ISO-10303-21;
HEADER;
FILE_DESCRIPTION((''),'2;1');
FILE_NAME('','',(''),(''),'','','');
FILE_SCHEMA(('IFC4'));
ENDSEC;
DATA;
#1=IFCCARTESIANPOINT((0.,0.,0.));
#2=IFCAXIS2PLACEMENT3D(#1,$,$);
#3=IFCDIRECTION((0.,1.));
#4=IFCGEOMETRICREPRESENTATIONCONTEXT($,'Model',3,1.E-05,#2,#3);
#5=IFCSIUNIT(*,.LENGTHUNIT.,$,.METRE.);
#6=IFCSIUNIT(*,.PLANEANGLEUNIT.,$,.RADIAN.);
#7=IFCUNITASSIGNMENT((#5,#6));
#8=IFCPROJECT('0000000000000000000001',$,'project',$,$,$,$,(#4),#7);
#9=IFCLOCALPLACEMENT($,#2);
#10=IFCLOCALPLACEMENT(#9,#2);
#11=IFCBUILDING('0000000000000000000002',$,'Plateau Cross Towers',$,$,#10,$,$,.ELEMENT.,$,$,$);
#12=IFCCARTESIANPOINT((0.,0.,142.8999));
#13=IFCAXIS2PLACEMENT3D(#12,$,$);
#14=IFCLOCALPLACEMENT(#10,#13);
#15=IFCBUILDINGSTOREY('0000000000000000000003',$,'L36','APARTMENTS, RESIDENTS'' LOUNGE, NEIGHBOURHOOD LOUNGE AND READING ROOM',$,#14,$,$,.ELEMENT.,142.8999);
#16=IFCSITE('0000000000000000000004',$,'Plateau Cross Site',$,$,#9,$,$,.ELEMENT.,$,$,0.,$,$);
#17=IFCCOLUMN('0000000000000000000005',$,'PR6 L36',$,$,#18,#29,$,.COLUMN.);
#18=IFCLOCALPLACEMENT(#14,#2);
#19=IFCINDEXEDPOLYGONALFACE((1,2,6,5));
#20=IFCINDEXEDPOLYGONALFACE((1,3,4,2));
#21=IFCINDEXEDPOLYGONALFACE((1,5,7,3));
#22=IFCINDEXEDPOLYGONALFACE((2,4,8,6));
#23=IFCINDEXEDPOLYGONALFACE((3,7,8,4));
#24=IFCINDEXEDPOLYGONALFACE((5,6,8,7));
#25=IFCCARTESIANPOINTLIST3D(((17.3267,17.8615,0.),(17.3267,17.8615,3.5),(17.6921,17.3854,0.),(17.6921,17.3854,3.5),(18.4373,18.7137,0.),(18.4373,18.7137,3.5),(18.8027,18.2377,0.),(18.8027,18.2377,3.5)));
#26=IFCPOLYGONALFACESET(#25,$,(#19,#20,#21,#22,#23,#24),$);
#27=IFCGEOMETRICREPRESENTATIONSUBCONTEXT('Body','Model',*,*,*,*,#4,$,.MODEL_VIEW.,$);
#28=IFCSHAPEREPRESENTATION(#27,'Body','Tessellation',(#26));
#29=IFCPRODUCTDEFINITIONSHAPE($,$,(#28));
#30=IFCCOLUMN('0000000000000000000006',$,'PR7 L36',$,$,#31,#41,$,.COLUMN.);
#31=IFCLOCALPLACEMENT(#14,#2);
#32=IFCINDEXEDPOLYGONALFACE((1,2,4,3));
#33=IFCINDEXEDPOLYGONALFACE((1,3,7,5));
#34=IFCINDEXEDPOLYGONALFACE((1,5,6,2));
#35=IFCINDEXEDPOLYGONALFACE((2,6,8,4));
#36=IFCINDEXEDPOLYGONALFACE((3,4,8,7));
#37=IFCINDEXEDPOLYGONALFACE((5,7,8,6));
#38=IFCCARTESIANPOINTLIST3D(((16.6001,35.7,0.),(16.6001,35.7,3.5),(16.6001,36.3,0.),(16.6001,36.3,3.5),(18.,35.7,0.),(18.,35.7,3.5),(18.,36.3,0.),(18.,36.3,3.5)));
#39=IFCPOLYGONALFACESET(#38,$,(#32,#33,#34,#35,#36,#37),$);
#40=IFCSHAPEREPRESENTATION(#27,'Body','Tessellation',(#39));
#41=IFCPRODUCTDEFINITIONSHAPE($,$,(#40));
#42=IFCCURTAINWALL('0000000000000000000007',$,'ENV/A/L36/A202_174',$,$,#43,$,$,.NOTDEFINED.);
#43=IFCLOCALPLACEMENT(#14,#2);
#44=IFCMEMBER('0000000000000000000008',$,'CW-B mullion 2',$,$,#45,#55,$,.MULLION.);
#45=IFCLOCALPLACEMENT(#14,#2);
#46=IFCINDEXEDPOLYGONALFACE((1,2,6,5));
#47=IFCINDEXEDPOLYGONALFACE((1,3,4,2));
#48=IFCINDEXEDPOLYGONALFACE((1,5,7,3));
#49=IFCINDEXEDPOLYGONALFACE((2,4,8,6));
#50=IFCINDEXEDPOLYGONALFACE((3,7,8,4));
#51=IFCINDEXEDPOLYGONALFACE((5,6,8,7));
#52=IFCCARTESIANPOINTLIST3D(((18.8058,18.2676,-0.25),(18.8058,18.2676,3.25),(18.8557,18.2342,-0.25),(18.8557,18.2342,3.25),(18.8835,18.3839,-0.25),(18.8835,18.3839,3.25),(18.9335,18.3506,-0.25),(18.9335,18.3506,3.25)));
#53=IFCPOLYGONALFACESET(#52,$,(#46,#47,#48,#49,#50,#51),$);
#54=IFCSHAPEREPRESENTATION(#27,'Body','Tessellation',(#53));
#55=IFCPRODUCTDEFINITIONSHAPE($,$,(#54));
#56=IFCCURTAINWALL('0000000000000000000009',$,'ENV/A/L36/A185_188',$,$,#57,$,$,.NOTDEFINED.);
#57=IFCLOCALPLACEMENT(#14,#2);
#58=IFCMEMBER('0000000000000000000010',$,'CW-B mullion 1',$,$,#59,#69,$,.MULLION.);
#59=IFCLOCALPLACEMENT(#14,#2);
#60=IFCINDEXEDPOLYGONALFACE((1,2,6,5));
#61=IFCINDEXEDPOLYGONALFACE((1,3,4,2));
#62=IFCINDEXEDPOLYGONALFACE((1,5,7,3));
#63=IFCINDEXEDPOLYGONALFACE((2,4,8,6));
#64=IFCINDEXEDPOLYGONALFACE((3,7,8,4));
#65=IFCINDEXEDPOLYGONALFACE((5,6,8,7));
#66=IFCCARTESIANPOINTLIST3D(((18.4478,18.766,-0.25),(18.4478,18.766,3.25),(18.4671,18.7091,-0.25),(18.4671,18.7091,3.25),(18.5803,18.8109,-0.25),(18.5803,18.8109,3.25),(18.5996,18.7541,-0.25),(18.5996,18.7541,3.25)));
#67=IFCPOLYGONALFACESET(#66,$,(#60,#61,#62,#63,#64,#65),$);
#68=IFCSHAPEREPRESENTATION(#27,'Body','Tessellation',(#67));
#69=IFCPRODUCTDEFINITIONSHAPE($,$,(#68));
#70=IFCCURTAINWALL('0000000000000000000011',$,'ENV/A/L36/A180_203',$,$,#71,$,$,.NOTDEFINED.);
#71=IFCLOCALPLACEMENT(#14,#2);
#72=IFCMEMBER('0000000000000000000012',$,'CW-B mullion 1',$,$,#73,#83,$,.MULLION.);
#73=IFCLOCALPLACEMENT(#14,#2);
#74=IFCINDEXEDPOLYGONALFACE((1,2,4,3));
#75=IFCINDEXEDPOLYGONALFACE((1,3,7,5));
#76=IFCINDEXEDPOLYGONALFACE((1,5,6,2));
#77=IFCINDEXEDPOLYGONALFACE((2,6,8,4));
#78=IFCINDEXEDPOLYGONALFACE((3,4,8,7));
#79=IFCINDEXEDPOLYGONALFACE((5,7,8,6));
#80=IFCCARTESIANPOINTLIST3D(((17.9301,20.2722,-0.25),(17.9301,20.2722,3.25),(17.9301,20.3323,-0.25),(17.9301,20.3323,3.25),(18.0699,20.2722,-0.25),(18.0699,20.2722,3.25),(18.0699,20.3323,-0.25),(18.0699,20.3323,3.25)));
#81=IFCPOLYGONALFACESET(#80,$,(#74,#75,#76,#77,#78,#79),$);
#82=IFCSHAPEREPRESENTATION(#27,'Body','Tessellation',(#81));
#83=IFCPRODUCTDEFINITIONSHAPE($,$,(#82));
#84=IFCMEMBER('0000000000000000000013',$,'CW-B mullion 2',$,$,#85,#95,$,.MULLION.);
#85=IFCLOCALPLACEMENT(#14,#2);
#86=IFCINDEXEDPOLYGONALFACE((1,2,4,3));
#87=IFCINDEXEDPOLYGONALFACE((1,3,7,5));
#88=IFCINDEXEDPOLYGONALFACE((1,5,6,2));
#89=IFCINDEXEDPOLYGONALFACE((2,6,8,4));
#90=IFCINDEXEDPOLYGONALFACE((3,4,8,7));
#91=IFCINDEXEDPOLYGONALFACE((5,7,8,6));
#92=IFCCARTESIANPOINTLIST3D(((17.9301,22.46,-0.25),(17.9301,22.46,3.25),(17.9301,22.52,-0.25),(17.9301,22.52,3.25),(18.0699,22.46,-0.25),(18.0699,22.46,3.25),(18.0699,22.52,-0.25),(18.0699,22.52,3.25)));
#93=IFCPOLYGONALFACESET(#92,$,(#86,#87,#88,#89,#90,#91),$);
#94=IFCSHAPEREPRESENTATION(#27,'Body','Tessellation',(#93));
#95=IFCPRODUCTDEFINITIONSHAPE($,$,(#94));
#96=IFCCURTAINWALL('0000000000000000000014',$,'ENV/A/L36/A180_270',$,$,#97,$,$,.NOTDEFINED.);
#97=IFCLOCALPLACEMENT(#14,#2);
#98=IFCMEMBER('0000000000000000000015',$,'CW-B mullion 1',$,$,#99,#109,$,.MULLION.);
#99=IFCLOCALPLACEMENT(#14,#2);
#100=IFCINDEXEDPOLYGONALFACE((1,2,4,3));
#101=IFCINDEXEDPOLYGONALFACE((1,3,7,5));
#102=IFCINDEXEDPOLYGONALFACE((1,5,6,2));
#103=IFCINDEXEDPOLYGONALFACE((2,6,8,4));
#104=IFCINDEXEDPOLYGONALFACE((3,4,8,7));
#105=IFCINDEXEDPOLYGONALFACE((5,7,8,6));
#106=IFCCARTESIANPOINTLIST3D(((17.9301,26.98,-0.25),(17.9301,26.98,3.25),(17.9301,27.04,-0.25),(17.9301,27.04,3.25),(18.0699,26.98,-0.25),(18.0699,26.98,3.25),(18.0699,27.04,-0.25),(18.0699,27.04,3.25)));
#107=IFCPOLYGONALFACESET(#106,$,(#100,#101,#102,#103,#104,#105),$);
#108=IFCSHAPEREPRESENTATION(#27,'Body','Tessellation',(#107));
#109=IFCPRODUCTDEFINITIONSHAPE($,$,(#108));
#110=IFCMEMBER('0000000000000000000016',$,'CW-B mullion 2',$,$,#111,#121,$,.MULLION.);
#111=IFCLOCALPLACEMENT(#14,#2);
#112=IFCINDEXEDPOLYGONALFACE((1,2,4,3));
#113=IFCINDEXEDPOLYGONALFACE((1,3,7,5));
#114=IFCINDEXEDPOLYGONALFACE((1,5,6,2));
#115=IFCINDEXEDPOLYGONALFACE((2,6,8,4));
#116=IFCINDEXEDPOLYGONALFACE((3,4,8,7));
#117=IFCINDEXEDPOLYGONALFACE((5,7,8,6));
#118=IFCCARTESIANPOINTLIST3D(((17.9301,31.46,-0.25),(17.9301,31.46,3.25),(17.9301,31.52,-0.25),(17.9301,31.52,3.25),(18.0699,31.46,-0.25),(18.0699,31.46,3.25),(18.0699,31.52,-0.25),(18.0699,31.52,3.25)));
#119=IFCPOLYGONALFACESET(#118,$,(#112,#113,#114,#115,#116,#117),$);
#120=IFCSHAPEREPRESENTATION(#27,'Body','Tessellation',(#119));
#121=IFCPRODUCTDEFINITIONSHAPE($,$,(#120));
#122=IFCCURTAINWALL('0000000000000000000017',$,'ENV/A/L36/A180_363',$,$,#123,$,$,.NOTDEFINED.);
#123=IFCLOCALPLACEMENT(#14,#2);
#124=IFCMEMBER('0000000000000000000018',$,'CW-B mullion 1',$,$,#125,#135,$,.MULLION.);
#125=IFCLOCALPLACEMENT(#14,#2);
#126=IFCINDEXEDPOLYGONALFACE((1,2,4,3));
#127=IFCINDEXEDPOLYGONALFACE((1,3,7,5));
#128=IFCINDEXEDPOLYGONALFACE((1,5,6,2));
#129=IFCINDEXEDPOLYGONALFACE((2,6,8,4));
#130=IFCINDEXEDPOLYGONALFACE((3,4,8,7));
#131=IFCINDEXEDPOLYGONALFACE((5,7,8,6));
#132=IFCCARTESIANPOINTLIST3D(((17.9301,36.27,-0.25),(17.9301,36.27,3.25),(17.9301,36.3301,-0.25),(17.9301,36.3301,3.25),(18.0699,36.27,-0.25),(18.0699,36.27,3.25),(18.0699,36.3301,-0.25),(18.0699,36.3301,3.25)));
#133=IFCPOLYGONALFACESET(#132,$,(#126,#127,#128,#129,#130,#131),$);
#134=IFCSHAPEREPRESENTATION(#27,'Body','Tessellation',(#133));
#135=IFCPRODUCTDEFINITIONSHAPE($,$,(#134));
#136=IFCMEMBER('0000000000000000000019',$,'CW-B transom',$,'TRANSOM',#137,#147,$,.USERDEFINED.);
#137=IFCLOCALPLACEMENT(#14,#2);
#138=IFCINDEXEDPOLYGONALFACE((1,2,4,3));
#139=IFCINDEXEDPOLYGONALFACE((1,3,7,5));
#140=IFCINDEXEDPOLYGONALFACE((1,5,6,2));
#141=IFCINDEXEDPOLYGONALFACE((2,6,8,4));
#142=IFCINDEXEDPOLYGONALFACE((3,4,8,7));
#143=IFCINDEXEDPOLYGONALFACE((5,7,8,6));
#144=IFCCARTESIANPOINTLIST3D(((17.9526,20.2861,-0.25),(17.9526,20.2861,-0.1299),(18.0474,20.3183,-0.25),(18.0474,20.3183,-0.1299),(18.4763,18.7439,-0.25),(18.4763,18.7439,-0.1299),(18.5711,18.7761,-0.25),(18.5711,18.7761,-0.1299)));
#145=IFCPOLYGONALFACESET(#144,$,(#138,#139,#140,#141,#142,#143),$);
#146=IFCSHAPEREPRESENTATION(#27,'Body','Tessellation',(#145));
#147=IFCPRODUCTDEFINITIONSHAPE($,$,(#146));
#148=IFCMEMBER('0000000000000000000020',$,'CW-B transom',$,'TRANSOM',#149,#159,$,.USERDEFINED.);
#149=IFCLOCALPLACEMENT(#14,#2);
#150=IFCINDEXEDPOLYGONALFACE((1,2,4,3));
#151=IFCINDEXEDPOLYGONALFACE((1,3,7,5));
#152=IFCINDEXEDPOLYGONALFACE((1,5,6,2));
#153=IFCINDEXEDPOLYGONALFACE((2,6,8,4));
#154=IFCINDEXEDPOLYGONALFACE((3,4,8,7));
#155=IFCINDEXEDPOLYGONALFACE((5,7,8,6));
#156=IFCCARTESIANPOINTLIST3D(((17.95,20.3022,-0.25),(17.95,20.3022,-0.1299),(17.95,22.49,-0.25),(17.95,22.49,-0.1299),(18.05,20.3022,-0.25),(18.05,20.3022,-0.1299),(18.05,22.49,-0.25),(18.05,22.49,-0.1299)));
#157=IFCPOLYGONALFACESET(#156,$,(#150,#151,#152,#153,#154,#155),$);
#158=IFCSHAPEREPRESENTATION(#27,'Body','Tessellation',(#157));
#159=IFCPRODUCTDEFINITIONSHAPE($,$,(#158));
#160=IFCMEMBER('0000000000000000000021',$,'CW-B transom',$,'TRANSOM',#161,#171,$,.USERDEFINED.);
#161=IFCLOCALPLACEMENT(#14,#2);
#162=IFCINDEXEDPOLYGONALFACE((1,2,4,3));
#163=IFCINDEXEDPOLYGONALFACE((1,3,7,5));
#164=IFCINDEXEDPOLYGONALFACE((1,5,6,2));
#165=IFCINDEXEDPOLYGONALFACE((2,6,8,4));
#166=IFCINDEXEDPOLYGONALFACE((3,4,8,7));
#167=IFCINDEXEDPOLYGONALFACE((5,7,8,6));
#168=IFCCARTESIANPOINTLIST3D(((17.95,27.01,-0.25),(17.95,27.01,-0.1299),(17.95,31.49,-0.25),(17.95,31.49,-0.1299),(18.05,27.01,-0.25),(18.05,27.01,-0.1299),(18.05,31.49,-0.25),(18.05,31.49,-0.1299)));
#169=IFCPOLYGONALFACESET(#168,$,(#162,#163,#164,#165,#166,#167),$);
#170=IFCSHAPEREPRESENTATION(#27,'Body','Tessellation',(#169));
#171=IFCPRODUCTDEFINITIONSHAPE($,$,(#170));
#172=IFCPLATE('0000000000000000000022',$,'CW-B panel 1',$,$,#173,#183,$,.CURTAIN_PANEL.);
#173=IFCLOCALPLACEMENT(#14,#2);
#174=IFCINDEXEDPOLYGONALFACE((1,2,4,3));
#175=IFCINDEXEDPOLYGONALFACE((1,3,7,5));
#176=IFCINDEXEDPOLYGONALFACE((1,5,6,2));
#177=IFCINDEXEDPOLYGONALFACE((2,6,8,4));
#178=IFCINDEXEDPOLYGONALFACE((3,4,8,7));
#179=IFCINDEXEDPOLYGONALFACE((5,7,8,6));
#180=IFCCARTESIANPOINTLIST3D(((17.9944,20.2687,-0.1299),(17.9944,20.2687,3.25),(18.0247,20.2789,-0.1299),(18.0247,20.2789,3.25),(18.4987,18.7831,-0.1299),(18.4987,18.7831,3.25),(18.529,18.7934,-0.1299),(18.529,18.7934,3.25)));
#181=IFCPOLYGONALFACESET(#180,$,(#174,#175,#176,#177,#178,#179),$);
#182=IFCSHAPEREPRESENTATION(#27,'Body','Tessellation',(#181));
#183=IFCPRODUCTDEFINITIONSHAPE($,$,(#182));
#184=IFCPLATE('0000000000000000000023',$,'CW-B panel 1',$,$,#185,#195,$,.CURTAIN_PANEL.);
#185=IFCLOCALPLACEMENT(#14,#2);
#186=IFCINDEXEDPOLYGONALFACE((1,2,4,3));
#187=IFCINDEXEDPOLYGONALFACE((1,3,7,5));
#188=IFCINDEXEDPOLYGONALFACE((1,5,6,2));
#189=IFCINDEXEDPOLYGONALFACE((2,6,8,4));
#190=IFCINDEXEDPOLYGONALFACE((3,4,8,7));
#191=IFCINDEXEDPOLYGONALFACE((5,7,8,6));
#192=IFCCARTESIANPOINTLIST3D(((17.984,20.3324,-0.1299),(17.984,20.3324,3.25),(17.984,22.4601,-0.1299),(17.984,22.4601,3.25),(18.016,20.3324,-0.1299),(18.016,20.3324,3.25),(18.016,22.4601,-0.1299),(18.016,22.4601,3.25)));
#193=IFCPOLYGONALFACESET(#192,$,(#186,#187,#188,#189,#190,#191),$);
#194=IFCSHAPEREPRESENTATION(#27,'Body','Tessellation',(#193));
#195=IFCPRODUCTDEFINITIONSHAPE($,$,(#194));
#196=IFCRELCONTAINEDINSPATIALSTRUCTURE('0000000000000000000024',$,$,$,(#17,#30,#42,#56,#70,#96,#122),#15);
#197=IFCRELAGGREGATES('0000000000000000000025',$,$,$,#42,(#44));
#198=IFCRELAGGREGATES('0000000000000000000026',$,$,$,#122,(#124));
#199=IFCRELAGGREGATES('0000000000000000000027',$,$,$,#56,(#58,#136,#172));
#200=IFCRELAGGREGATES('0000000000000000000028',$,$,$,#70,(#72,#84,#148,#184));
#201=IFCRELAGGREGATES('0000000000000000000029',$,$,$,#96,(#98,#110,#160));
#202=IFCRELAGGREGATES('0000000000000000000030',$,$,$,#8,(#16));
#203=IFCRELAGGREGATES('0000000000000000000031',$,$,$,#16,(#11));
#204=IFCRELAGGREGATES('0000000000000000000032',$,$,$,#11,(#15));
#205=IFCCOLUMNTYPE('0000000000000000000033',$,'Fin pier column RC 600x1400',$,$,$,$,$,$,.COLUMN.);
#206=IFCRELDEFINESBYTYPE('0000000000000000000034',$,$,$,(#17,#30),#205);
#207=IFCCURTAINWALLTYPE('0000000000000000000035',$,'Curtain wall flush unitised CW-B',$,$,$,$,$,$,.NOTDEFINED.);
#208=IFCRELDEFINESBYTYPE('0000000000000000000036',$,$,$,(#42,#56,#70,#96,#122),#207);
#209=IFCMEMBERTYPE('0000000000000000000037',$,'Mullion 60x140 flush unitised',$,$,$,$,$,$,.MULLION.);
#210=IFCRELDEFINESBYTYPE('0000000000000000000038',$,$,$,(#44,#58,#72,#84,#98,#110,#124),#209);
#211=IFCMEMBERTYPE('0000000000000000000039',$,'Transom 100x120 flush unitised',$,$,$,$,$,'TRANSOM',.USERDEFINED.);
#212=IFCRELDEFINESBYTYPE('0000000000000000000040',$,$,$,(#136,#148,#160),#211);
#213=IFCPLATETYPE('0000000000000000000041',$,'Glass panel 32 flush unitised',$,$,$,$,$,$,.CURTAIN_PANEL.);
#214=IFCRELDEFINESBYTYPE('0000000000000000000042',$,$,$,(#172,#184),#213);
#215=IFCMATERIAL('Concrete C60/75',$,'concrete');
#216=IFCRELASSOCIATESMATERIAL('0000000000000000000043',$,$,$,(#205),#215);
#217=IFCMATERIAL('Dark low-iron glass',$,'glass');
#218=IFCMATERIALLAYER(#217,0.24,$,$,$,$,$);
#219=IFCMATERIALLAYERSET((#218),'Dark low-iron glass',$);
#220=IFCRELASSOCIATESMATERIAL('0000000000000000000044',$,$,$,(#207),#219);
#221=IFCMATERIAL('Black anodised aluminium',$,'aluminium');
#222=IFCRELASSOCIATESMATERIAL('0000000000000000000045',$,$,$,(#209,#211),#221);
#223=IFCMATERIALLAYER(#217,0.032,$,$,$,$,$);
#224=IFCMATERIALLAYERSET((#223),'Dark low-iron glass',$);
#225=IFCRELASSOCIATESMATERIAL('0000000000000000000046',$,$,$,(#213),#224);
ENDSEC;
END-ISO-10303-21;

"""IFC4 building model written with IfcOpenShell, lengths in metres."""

from ifc_helpers import new_model, si_unit, direction, frame, origin, origin_2d, place, context, subcontext, project, spatial, rectangle, extrude, material, layer, layer_set, material_profile, profile_set, type_object, element, aggregate, save


model = new_model("IFC4")

# Units and contexts
model_context = context("Model", 3, precision=1e-05, world=origin(), true_north=direction((0.0, 1.0)))
body_context = subcontext(model_context, "Body", "Model", "MODEL_VIEW")
ifc_project = project(units=[si_unit("LENGTHUNIT", "METRE"), si_unit("PLANEANGLEUNIT", "RADIAN")], contexts=[model_context])

# Site, building, storey
site_placement = place(None, origin())
site = spatial("IfcSite", under=ifc_project, at=site_placement, Name="Plateau Cross Site", CompositionType="ELEMENT", RefElevation=0.0)
building_placement = place(site_placement, origin())
building = spatial("IfcBuilding", under=site, at=building_placement, Name="Plateau Cross Towers", CompositionType="ELEMENT")
storey_placement = place(building_placement, frame((0.0, 0.0, 142.8999)))
storey = spatial("IfcBuildingStorey", under=building, at=storey_placement, Name="L36", Description="APARTMENTS, RESIDENTS' LOUNGE, NEIGHBOURHOOD LOUNGE AND READING ROOM", CompositionType="ELEMENT", Elevation=142.8999)

# Columns
ifc_material_1 = material(Name="Concrete C60/75", Category="concrete")
ifc_material_profile_1 = material_profile(ifc_material_1, rectangle(XDim=0.6001, YDim=1.3999, at=origin_2d()), Name="RC 600x1400")
ifc_profile_set_1 = profile_set([ifc_material_profile_1], Name="Concrete C60/75")
column_type = type_object("IfcColumnType", Name="Fin pier column RC 600x1400", PredefinedType="COLUMN", material=ifc_profile_set_1)
for number, where, z_axis, x_axis, name in (
    (1, (18.0647, 18.0496, 0.0), (0.0, 0.0, 1.0), (-0.608811, 0.793315, 0.0), "PR6 L36"),
    (2, (17.3, 36.0, 0.0), (0.0, 0.0, 1.0), (0.0, 1.0, 0.0), "PR7 L36"),
):
    element("IfcColumn", number, at=place(storey_placement, frame(where, z_axis=z_axis, x_axis=x_axis)), inside=storey, type_object=column_type, Name=name, PredefinedType="COLUMN", context=body_context, shape_type="SweptSolid", body=[
        extrude(rectangle(XDim=0.6001, YDim=1.3999, at=origin_2d()), origin(), (0.0, 0.0, 1.0), 3.5),
    ])

# Curtain walls, members
ifc_material_2 = material(Name="Dark low-iron glass", Category="glass")
ifc_layer_1 = layer(ifc_material_2, 0.24)
ifc_layer_set_1 = layer_set([ifc_layer_1], Name="Dark low-iron glass")
curtain_wall_type = type_object("IfcCurtainWallType", Name="Curtain wall flush unitised CW-B", PredefinedType="NOTDEFINED", material=ifc_layer_set_1)
curtain_wall_1_placement = place(storey_placement, origin())
curtain_wall_1 = element("IfcCurtainWall", 3, at=curtain_wall_1_placement, inside=storey, type_object=curtain_wall_type, Name="ENV/A/L36/A202_174", PredefinedType="NOTDEFINED")
ifc_material_3 = material(Name="Black anodised aluminium", Category="aluminium")
ifc_material_profile_2 = material_profile(ifc_material_3, rectangle(XDim=0.0601, YDim=0.1399, at=origin_2d()), Name="MULLION 60x140")
ifc_profile_set_2 = profile_set([ifc_material_profile_2], Name="Black anodised aluminium")
member_type_1 = type_object("IfcMemberType", Name="Mullion 60x140 flush unitised", PredefinedType="MULLION", material=ifc_profile_set_2)
member_1_placement = place(storey_placement, frame((18.8696, 18.3091, -0.25), z_axis=(0.0, 0.0, 1.0), x_axis=(-0.831521, 0.555493, 0.0)))
member_1 = element("IfcMember", 4, at=member_1_placement, type_object=member_type_1, Name="CW-B mullion 2", PredefinedType="MULLION", context=body_context, shape_type="SweptSolid", body=[
    extrude(rectangle(XDim=0.0601, YDim=0.1399, at=origin_2d()), origin(), (0.0, 0.0, 1.0), 3.5),
])
aggregate(curtain_wall_1, [member_1])
curtain_wall_2_placement = place(storey_placement, origin())
curtain_wall_2 = element("IfcCurtainWall", 5, at=curtain_wall_2_placement, inside=storey, type_object=curtain_wall_type, Name="ENV/A/L36/A185_188", PredefinedType="NOTDEFINED")
member_2_placement = place(storey_placement, frame((18.5237, 18.76, -0.25), z_axis=(0.0, 0.0, 1.0), x_axis=(-0.321469, 0.94692, 0.0)))
member_2 = element("IfcMember", 6, at=member_2_placement, type_object=member_type_1, Name="CW-B mullion 1", PredefinedType="MULLION", context=body_context, shape_type="SweptSolid", body=[
    extrude(rectangle(XDim=0.0601, YDim=0.1399, at=origin_2d()), origin(), (0.0, 0.0, 1.0), 3.5),
])

# Curtain walls, members
curtain_wall_3_placement = place(storey_placement, origin())
curtain_wall_3 = element("IfcCurtainWall", 7, at=curtain_wall_3_placement, inside=storey, type_object=curtain_wall_type, Name="ENV/A/L36/A180_203", PredefinedType="NOTDEFINED")
member_3_placement = place(storey_placement, frame((18.0, 20.3022, -0.25), z_axis=(0.0, 0.0, 1.0), x_axis=(0.0, 1.0, 0.0)))
member_3 = element("IfcMember", 8, at=member_3_placement, type_object=member_type_1, Name="CW-B mullion 1", PredefinedType="MULLION", context=body_context, shape_type="SweptSolid", body=[
    extrude(rectangle(XDim=0.0601, YDim=0.1399, at=origin_2d()), origin(), (0.0, 0.0, 1.0), 3.5),
])
member_4_placement = place(storey_placement, frame((18.0, 22.49, -0.25), z_axis=(0.0, 0.0, 1.0), x_axis=(0.0, 1.0, 0.0)))
member_4 = element("IfcMember", 9, at=member_4_placement, type_object=member_type_1, Name="CW-B mullion 2", PredefinedType="MULLION", context=body_context, shape_type="SweptSolid", body=[
    extrude(rectangle(XDim=0.0601, YDim=0.1399, at=origin_2d()), origin(), (0.0, 0.0, 1.0), 3.5),
])
curtain_wall_4_placement = place(storey_placement, origin())
curtain_wall_4 = element("IfcCurtainWall", 10, at=curtain_wall_4_placement, inside=storey, type_object=curtain_wall_type, Name="ENV/A/L36/A180_270", PredefinedType="NOTDEFINED")
member_5_placement = place(storey_placement, frame((18.0, 27.01, -0.25), z_axis=(0.0, 0.0, 1.0), x_axis=(0.0, 1.0, 0.0)))
member_5 = element("IfcMember", 11, at=member_5_placement, type_object=member_type_1, Name="CW-B mullion 1", PredefinedType="MULLION", context=body_context, shape_type="SweptSolid", body=[
    extrude(rectangle(XDim=0.0601, YDim=0.1399, at=origin_2d()), origin(), (0.0, 0.0, 1.0), 3.5),
])
member_6_placement = place(storey_placement, frame((18.0, 31.49, -0.25), z_axis=(0.0, 0.0, 1.0), x_axis=(0.0, 1.0, 0.0)))
member_6 = element("IfcMember", 12, at=member_6_placement, type_object=member_type_1, Name="CW-B mullion 2", PredefinedType="MULLION", context=body_context, shape_type="SweptSolid", body=[
    extrude(rectangle(XDim=0.0601, YDim=0.1399, at=origin_2d()), origin(), (0.0, 0.0, 1.0), 3.5),
])

# Curtain wall, member
curtain_wall_5_placement = place(storey_placement, origin())
curtain_wall_5 = element("IfcCurtainWall", 13, at=curtain_wall_5_placement, inside=storey, type_object=curtain_wall_type, Name="ENV/A/L36/A180_363", PredefinedType="NOTDEFINED")
member_7_placement = place(storey_placement, frame((18.0, 36.3, -0.25), z_axis=(0.0, 0.0, 1.0), x_axis=(0.0, 1.0, 0.0)))
member_7 = element("IfcMember", 14, at=member_7_placement, type_object=member_type_1, Name="CW-B mullion 1", PredefinedType="MULLION", context=body_context, shape_type="SweptSolid", body=[
    extrude(rectangle(XDim=0.0601, YDim=0.1399, at=origin_2d()), origin(), (0.0, 0.0, 1.0), 3.5),
])
aggregate(curtain_wall_5, [member_7])

# Members
ifc_material_profile_3 = material_profile(ifc_material_3, rectangle(XDim=0.1001, YDim=0.1201, at=origin_2d()), Name="TRANSOM 100x120")
ifc_profile_set_3 = profile_set([ifc_material_profile_3], Name="Black anodised aluminium")
member_type_2 = type_object("IfcMemberType", Name="Transom 100x120 flush unitised", ElementType="TRANSOM", PredefinedType="USERDEFINED", material=ifc_profile_set_3)
member_8_placement = place(storey_placement, frame((18.5237, 18.76, -0.1899), z_axis=(-0.321529, 0.9469, 0.0), x_axis=(-0.9469, -0.321529, 0.0)))
member_8 = element("IfcMember", 15, at=member_8_placement, type_object=member_type_2, Name="CW-B transom", ObjectType="TRANSOM", PredefinedType="USERDEFINED", context=body_context, shape_type="SweptSolid", body=[
    extrude(rectangle(XDim=0.1001, YDim=0.1201, at=origin_2d()), origin(), (0.0, 0.0, 1.0), 1.6287),
])
member_9_placement = place(storey_placement, frame((18.0, 20.3022, -0.1899), z_axis=(0.0, 1.0, 0.0), x_axis=(-1.0, 0.0, 0.0)))
member_9 = element("IfcMember", 16, at=member_9_placement, type_object=member_type_2, Name="CW-B transom", ObjectType="TRANSOM", PredefinedType="USERDEFINED", context=body_context, shape_type="SweptSolid", body=[
    extrude(rectangle(XDim=0.1001, YDim=0.1201, at=origin_2d()), origin(), (0.0, 0.0, 1.0), 2.1877),
])
member_10_placement = place(storey_placement, frame((18.0, 27.01, -0.1899), z_axis=(0.0, 1.0, 0.0), x_axis=(-1.0, 0.0, 0.0)))
member_10 = element("IfcMember", 17, at=member_10_placement, type_object=member_type_2, Name="CW-B transom", ObjectType="TRANSOM", PredefinedType="USERDEFINED", context=body_context, shape_type="SweptSolid", body=[
    extrude(rectangle(XDim=0.1001, YDim=0.1201, at=origin_2d()), origin(), (0.0, 0.0, 1.0), 4.48),
])

# Plates
ifc_layer_2 = layer(ifc_material_2, 0.032)
ifc_layer_set_2 = layer_set([ifc_layer_2], Name="Dark low-iron glass")
plate_type = type_object("IfcPlateType", Name="Glass panel 32 flush unitised", PredefinedType="CURTAIN_PANEL", material=ifc_layer_set_2)
plate_1_placement = place(storey_placement, frame((18.2617, 19.531, -0.1299), z_axis=(0.0, 0.0, 1.0), x_axis=(-0.321469, 0.94692, 0.0)))
plate_1 = element("IfcPlate", 18, at=plate_1_placement, type_object=plate_type, Name="CW-B panel 1", PredefinedType="CURTAIN_PANEL", context=body_context, shape_type="SweptSolid", body=[
    extrude(rectangle(XDim=1.5688, YDim=0.032, at=origin_2d()), origin(), (0.0, 0.0, 1.0), 3.3799),
])
aggregate(curtain_wall_2, [member_2, member_8, plate_1])
plate_2_placement = place(storey_placement, frame((18.0, 21.3962, -0.1299), z_axis=(0.0, 0.0, 1.0), x_axis=(0.0, 1.0, 0.0)))
plate_2 = element("IfcPlate", 19, at=plate_2_placement, type_object=plate_type, Name="CW-B panel 1", PredefinedType="CURTAIN_PANEL", context=body_context, shape_type="SweptSolid", body=[
    extrude(rectangle(XDim=2.1277, YDim=0.032, at=origin_2d()), origin(), (0.0, 0.0, 1.0), 3.3799),
])
aggregate(curtain_wall_3, [member_3, member_4, member_9, plate_2])
aggregate(curtain_wall_4, [member_5, member_6, member_10])

save(model, "model.ifc")
